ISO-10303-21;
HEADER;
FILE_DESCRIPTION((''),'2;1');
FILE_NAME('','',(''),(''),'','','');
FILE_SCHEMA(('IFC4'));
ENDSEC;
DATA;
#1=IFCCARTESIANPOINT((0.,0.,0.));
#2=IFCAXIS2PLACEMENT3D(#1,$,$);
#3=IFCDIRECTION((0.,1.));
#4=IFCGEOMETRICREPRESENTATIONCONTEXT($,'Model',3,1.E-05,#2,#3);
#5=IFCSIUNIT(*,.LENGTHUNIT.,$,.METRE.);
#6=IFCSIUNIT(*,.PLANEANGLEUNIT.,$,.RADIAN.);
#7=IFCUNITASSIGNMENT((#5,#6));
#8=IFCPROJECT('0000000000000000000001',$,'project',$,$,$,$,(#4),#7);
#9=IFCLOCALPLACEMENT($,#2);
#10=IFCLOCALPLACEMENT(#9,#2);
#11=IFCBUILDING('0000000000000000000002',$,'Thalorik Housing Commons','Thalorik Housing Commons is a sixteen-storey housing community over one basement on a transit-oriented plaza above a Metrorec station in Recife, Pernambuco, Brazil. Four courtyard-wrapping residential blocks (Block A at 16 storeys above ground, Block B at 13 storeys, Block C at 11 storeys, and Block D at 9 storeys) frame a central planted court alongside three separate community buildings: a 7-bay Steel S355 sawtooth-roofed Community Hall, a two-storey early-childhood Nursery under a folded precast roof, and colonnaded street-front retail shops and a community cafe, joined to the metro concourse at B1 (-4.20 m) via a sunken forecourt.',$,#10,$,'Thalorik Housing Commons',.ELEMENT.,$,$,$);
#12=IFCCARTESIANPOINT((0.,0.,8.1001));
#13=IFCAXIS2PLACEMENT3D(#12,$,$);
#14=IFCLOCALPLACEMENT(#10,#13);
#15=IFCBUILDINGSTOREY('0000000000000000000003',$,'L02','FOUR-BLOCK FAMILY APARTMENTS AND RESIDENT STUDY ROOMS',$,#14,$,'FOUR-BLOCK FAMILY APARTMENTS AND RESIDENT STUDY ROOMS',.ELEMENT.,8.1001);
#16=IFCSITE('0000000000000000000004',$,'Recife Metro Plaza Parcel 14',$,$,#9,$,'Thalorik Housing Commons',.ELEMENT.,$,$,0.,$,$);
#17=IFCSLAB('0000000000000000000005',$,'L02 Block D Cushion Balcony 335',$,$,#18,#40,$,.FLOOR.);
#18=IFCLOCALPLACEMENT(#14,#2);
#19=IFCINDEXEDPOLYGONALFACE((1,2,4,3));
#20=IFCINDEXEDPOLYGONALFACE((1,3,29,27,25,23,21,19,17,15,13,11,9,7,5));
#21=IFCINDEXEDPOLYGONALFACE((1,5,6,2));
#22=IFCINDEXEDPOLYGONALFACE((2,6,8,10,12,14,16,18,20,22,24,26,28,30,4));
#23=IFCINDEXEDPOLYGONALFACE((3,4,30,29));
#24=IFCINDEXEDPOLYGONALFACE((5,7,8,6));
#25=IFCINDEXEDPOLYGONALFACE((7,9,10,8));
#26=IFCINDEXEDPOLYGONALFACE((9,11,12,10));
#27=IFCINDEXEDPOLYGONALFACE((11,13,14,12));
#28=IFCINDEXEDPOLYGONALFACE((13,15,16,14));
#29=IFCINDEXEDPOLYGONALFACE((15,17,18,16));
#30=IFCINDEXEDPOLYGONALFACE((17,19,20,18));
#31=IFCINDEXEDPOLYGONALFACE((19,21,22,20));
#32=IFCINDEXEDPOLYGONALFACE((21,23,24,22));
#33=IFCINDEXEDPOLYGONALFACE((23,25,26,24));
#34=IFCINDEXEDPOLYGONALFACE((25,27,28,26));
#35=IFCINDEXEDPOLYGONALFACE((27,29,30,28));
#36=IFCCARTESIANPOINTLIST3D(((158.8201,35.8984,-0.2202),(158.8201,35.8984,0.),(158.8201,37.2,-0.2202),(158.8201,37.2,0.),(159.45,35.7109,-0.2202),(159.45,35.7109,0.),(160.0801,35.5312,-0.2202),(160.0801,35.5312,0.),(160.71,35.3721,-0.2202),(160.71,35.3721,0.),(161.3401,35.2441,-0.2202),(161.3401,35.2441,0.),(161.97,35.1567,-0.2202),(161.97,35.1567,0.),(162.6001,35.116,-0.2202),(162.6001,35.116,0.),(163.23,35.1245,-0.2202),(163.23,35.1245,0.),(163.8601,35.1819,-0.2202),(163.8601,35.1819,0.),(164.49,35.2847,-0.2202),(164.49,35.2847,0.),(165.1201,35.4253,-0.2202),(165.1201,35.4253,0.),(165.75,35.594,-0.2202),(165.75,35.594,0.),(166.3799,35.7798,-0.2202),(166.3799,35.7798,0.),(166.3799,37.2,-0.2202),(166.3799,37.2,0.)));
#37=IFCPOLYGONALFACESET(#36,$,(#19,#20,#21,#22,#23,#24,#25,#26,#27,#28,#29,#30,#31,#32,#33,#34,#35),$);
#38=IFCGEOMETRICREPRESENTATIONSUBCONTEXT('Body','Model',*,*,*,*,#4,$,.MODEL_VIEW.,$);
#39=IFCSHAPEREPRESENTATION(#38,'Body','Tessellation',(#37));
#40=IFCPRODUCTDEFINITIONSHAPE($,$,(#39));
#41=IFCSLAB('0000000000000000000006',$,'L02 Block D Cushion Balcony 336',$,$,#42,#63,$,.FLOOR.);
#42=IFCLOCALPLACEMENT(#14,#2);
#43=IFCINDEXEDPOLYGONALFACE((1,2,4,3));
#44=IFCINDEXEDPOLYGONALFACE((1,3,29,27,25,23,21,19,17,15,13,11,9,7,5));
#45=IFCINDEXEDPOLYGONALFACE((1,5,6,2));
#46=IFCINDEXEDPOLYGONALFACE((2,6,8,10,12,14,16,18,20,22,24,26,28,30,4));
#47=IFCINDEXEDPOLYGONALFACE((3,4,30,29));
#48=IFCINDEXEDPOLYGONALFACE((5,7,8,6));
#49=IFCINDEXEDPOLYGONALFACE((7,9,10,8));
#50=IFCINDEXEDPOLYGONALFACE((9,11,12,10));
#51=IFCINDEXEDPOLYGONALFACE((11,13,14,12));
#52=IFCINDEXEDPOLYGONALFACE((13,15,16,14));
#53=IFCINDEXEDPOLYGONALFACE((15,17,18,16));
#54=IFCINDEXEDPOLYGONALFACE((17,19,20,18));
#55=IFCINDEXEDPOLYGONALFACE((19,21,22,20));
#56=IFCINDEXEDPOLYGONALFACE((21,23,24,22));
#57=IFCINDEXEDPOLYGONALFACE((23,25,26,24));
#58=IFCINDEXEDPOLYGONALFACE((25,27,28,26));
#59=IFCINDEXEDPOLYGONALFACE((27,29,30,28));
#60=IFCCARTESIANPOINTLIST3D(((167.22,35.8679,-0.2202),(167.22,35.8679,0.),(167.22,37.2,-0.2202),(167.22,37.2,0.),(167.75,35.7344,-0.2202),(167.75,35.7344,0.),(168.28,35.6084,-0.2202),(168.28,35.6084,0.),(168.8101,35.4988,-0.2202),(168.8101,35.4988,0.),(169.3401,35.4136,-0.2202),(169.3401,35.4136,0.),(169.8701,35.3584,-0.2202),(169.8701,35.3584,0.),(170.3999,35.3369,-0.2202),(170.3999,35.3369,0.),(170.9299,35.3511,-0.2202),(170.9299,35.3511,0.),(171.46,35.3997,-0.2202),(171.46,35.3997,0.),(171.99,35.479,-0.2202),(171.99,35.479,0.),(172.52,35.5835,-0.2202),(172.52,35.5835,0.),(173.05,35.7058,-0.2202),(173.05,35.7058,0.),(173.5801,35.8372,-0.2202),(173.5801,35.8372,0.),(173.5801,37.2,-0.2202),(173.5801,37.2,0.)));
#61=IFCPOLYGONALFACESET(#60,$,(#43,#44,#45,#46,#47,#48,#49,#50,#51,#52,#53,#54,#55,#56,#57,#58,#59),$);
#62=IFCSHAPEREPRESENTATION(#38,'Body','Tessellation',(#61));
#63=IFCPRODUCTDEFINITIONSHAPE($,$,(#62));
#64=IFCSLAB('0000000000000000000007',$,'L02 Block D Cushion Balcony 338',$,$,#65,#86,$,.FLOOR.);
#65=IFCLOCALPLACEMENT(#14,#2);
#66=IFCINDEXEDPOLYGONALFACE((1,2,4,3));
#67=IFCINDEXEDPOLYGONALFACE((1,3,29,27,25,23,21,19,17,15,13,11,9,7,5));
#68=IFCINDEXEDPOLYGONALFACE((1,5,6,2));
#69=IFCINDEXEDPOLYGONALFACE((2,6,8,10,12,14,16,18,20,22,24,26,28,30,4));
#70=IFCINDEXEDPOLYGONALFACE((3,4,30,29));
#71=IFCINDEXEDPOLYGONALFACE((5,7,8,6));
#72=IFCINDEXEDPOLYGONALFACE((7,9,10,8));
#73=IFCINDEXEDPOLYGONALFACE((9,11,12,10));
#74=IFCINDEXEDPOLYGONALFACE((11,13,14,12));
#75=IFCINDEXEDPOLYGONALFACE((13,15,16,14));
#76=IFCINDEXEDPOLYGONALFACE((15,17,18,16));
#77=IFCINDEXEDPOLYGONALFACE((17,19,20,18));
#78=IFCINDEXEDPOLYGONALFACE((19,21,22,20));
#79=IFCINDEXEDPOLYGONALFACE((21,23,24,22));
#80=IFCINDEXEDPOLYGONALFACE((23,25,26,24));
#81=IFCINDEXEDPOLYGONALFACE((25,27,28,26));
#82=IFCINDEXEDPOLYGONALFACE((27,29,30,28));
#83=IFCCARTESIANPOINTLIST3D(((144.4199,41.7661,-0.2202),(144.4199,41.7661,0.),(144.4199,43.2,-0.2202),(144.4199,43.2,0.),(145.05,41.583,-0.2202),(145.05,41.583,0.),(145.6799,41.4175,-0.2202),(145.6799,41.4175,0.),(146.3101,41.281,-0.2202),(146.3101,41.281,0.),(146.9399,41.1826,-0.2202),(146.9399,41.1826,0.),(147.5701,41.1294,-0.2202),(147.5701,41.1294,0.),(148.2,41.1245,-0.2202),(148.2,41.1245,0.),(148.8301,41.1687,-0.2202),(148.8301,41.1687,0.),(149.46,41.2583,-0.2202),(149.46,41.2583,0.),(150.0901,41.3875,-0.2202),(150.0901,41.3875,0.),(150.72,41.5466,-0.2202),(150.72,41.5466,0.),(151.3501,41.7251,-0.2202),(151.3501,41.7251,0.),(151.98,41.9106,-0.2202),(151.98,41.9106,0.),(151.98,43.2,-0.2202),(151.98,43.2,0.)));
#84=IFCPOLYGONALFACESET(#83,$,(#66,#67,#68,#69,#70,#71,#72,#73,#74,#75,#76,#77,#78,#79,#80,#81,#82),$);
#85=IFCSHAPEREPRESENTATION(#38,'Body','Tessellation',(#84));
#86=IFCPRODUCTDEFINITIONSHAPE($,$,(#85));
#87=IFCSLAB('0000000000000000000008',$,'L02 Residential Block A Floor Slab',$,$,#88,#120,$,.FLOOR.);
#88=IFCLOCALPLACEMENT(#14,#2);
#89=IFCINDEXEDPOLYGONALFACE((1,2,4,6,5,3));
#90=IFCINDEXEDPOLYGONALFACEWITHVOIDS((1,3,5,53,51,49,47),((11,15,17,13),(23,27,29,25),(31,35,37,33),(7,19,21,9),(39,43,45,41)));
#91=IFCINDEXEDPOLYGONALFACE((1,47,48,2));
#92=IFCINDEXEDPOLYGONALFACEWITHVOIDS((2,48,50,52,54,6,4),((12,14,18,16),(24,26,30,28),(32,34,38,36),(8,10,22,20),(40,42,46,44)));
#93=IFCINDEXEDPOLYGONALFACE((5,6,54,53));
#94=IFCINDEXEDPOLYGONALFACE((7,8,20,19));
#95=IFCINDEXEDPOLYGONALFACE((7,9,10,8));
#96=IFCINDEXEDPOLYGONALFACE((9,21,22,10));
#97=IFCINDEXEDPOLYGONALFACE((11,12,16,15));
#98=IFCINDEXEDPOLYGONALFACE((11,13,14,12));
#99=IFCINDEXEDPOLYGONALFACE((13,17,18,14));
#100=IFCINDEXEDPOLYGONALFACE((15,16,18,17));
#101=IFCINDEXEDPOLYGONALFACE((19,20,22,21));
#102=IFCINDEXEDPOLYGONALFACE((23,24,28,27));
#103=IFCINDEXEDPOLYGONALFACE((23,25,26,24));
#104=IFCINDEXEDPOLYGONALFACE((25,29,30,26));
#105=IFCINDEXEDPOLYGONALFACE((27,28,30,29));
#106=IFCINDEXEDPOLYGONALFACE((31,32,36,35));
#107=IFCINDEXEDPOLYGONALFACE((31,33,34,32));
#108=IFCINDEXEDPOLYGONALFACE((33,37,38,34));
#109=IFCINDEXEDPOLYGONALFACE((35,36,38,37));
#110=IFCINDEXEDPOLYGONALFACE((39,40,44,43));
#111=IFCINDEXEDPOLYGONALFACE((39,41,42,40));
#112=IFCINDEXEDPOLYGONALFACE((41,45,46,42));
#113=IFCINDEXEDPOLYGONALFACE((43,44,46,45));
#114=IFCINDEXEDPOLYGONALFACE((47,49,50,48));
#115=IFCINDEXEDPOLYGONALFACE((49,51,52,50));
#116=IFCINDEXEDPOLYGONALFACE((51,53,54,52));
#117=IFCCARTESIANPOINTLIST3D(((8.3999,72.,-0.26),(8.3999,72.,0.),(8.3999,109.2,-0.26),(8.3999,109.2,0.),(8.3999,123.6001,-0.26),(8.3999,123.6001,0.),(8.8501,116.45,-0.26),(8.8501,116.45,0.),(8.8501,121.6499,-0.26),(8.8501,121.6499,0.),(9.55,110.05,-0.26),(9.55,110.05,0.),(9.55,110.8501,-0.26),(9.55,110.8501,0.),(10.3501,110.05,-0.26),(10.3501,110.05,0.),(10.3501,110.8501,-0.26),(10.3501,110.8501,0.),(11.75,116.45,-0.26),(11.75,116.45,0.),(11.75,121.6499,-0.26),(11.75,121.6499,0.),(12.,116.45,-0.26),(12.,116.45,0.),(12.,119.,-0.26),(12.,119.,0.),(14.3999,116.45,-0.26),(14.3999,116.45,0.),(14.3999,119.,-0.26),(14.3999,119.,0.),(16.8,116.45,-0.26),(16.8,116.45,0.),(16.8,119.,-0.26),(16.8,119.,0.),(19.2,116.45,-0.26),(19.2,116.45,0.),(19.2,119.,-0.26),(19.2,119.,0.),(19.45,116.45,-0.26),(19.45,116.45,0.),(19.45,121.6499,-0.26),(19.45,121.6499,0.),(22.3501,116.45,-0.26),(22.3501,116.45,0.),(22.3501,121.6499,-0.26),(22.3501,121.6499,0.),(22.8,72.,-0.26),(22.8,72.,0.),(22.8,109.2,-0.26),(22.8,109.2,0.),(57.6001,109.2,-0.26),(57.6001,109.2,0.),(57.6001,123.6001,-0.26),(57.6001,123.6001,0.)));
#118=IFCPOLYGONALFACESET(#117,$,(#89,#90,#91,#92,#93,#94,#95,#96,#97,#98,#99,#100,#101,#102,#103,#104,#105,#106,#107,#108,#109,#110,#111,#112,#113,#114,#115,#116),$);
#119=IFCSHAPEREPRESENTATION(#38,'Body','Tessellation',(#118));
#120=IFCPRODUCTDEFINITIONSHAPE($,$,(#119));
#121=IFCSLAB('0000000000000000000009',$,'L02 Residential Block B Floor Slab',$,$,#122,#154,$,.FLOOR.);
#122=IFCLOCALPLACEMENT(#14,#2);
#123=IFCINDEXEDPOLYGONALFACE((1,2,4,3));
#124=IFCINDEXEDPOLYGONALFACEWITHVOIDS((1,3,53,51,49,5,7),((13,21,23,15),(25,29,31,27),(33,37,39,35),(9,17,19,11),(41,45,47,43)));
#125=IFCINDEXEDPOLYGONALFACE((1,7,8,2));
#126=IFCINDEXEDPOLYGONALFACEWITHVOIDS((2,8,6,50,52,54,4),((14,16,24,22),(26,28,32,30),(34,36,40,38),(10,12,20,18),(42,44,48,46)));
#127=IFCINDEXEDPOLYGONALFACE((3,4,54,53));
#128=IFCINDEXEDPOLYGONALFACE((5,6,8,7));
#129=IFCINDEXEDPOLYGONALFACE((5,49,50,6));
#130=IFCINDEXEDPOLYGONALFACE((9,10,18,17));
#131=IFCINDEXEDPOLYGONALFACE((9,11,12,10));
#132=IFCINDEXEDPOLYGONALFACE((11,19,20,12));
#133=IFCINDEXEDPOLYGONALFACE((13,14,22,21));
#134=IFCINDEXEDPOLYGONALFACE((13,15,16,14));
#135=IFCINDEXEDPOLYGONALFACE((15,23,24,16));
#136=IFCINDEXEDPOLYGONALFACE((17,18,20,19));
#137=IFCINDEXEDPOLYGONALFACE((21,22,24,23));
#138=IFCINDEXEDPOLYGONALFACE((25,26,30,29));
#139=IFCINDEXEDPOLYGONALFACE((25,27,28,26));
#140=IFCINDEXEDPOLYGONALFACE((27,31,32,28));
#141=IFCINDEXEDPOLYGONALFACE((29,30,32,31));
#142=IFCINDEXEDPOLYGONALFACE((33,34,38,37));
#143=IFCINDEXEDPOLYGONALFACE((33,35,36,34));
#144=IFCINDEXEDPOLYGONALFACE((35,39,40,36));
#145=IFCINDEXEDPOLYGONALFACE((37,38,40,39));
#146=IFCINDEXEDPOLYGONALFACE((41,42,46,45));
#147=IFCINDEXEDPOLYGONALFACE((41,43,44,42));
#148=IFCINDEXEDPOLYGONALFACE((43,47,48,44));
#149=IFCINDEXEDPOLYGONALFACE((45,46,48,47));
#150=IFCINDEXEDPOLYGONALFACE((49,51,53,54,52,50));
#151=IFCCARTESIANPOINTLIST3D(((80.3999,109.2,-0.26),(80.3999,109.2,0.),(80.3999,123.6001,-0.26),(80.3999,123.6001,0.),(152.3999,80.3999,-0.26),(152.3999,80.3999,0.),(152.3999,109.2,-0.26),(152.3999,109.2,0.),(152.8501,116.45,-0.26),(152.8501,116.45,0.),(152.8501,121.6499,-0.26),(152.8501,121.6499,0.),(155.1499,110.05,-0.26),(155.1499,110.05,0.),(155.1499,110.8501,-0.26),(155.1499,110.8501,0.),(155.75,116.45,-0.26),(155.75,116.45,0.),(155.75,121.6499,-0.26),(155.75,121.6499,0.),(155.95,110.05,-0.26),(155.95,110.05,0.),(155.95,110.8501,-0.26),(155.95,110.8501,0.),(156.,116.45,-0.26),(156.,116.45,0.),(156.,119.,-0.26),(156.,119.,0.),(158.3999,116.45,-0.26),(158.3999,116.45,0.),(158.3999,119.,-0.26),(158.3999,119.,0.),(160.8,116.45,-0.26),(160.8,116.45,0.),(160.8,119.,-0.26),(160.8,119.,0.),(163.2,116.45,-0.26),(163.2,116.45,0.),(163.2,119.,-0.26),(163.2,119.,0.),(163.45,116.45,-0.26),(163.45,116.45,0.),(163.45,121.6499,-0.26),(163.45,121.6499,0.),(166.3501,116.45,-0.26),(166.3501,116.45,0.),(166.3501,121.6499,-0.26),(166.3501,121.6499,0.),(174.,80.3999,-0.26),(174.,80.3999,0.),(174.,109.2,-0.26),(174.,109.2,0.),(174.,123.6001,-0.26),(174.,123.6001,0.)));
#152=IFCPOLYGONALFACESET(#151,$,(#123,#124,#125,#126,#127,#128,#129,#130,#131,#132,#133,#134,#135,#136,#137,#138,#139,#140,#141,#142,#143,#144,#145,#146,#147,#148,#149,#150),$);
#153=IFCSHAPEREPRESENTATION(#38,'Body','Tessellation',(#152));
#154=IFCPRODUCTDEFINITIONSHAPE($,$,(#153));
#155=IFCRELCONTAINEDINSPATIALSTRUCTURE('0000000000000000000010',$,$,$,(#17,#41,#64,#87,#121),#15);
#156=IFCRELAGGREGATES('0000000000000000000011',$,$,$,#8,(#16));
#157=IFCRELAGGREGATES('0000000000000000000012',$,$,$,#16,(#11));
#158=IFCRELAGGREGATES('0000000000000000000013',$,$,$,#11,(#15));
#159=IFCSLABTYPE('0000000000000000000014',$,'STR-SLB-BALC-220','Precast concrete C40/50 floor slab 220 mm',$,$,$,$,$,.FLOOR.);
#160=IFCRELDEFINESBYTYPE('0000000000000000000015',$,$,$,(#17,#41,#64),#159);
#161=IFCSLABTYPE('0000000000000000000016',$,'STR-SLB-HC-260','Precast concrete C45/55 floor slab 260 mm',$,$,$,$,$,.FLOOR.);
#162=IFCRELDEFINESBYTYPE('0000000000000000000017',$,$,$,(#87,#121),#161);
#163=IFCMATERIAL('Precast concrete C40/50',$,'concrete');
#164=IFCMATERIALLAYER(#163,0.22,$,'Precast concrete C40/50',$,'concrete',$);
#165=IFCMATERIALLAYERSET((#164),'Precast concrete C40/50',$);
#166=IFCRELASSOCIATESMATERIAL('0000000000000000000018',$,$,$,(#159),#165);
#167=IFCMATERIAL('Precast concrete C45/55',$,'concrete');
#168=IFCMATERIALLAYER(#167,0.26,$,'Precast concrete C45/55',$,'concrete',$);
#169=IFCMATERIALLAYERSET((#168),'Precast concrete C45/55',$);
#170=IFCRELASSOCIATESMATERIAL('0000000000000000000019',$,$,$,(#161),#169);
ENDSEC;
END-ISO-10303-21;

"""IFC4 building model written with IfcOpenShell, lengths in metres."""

from ifc_helpers import new_model, si_unit, direction, frame, origin, place, context, subcontext, project, spatial, polyline, outline, extrude, material, layer, layer_set, type_object, element, save


model = new_model("IFC4")

# Units and contexts
model_context = context("Model", 3, precision=1e-05, world=origin(), true_north=direction((0.0, 1.0)))
body_context = subcontext(model_context, "Body", "Model", "MODEL_VIEW")
ifc_project = project(units=[si_unit("LENGTHUNIT", "METRE"), si_unit("PLANEANGLEUNIT", "RADIAN")], contexts=[model_context])

# Site, building, storey
site_placement = place(None, origin())
site = spatial("IfcSite", under=ifc_project, at=site_placement, Name="Recife Metro Plaza Parcel 14", LongName="Thalorik Housing Commons", CompositionType="ELEMENT", RefElevation=0.0)
building_placement = place(site_placement, origin())
building = spatial("IfcBuilding", under=site, at=building_placement, Name="Thalorik Housing Commons", Description="Thalorik Housing Commons is a sixteen-storey housing community over one basement on a transit-oriented plaza above a Metrorec station in Recife, Pernambuco, Brazil. Four courtyard-wrapping residential blocks (Block A at 16 storeys above ground, Block B at 13 storeys, Block C at 11 storeys, and Block D at 9 storeys) frame a central planted court alongside three separate community buildings: a 7-bay Steel S355 sawtooth-roofed Community Hall, a two-storey early-childhood Nursery under a folded precast roof, and colonnaded street-front retail shops and a community cafe, joined to the metro concourse at B1 (-4.20 m) via a sunken forecourt.", LongName="Thalorik Housing Commons", CompositionType="ELEMENT")
storey_placement = place(building_placement, frame((0.0, 0.0, 8.1001)))
storey = spatial("IfcBuildingStorey", under=building, at=storey_placement, Name="L02", Description="FOUR-BLOCK FAMILY APARTMENTS AND RESIDENT STUDY ROOMS", LongName="FOUR-BLOCK FAMILY APARTMENTS AND RESIDENT STUDY ROOMS", CompositionType="ELEMENT", Elevation=8.1001)

# Slabs
ifc_material_1 = material(Name="Precast concrete C40/50", Category="concrete")
ifc_layer_1 = layer(ifc_material_1, 0.22, Name="Precast concrete C40/50", Category="concrete")
ifc_layer_set_1 = layer_set([ifc_layer_1], Name="Precast concrete C40/50")
slab_type_1 = type_object("IfcSlabType", Name="STR-SLB-BALC-220", Description="Precast concrete C40/50 floor slab 220 mm", PredefinedType="FLOOR", material=ifc_layer_set_1)
slab_1_placement = place(storey_placement, frame((0.0, 0.0, -0.2202)))
element("IfcSlab", 1, at=slab_1_placement, inside=storey, type_object=slab_type_1, Name="L02 Block D Cushion Balcony 335", PredefinedType="FLOOR", context=body_context, shape_type="SweptSolid", body=[
    extrude(outline(polyline([(158.8201, 35.8984), (159.45, 35.7109), (160.0801, 35.5312), (160.71, 35.3721), (161.3401, 35.2441), (161.97, 35.1567), (162.6001, 35.116), (163.23, 35.1245), (163.8601, 35.1819), (164.49, 35.2847), (165.1201, 35.4253), (165.75, 35.594), (166.3799, 35.7798), (166.3799, 37.2), (158.8201, 37.2), (158.8201, 35.8984)])), origin(), (0.0, 0.0, 1.0), 0.2202),
])
slab_2_placement = place(storey_placement, frame((0.0, 0.0, -0.2202)))
element("IfcSlab", 2, at=slab_2_placement, inside=storey, type_object=slab_type_1, Name="L02 Block D Cushion Balcony 336", PredefinedType="FLOOR", context=body_context, shape_type="SweptSolid", body=[
    extrude(outline(polyline([(167.22, 35.8679), (167.75, 35.7344), (168.28, 35.6084), (168.8101, 35.4988), (169.3401, 35.4136), (169.8701, 35.3584), (170.3999, 35.3369), (170.9299, 35.3511), (171.46, 35.3997), (171.99, 35.479), (172.52, 35.5835), (173.05, 35.7058), (173.5801, 35.8372), (173.5801, 37.2), (167.22, 37.2), (167.22, 35.8679)])), origin(), (0.0, 0.0, 1.0), 0.2202),
])
slab_3_placement = place(storey_placement, frame((0.0, 0.0, -0.2202)))
element("IfcSlab", 3, at=slab_3_placement, inside=storey, type_object=slab_type_1, Name="L02 Block D Cushion Balcony 338", PredefinedType="FLOOR", context=body_context, shape_type="SweptSolid", body=[
    extrude(outline(polyline([(144.4199, 41.7661), (145.05, 41.583), (145.6799, 41.4175), (146.3101, 41.281), (146.9399, 41.1826), (147.5701, 41.1294), (148.2, 41.1245), (148.8301, 41.1687), (149.46, 41.2583), (150.0901, 41.3875), (150.72, 41.5466), (151.3501, 41.7251), (151.98, 41.9106), (151.98, 43.2), (144.4199, 43.2), (144.4199, 41.7661)])), origin(), (0.0, 0.0, 1.0), 0.2202),
])
ifc_material_2 = material(Name="Precast concrete C45/55", Category="concrete")
ifc_layer_2 = layer(ifc_material_2, 0.26, Name="Precast concrete C45/55", Category="concrete")
ifc_layer_set_2 = layer_set([ifc_layer_2], Name="Precast concrete C45/55")
slab_type_2 = type_object("IfcSlabType", Name="STR-SLB-HC-260", Description="Precast concrete C45/55 floor slab 260 mm", PredefinedType="FLOOR", material=ifc_layer_set_2)
slab_4_placement = place(storey_placement, frame((0.0, 0.0, -0.26)))
element("IfcSlab", 4, at=slab_4_placement, inside=storey, type_object=slab_type_2, Name="L02 Residential Block A Floor Slab", PredefinedType="FLOOR", context=body_context, shape_type="SweptSolid", body=[
    extrude(outline(polyline([(8.3999, 123.6001), (8.3999, 109.2), (8.3999, 72.0), (22.8, 72.0), (22.8, 109.2), (57.6001, 109.2), (57.6001, 123.6001), (8.3999, 123.6001)]), holes=[polyline([(8.8501, 121.6499), (11.75, 121.6499), (11.75, 116.45), (8.8501, 116.45), (8.8501, 121.6499)]), polyline([(22.3501, 121.6499), (22.3501, 116.45), (19.45, 116.45), (19.45, 121.6499), (22.3501, 121.6499)]), polyline([(14.3999, 119.0), (14.3999, 116.45), (12.0, 116.45), (12.0, 119.0), (14.3999, 119.0)]), polyline([(19.2, 116.45), (16.8, 116.45), (16.8, 119.0), (19.2, 119.0), (19.2, 116.45)]), polyline([(9.55, 110.05), (9.55, 110.8501), (10.3501, 110.8501), (10.3501, 110.05), (9.55, 110.05)])]), origin(), (0.0, 0.0, 1.0), 0.26),
])
slab_5_placement = place(storey_placement, frame((0.0, 0.0, -0.26)))
element("IfcSlab", 5, at=slab_5_placement, inside=storey, type_object=slab_type_2, Name="L02 Residential Block B Floor Slab", PredefinedType="FLOOR", context=body_context, shape_type="SweptSolid", body=[
    extrude(outline(polyline([(80.3999, 109.2), (152.3999, 109.2), (152.3999, 80.3999), (174.0, 80.3999), (174.0, 109.2), (174.0, 123.6001), (80.3999, 123.6001), (80.3999, 109.2)]), holes=[polyline([(152.8501, 121.6499), (155.75, 121.6499), (155.75, 116.45), (152.8501, 116.45), (152.8501, 121.6499)]), polyline([(166.3501, 121.6499), (166.3501, 116.45), (163.45, 116.45), (163.45, 121.6499), (166.3501, 121.6499)]), polyline([(158.3999, 119.0), (158.3999, 116.45), (156.0, 116.45), (156.0, 119.0), (158.3999, 119.0)]), polyline([(163.2, 116.45), (160.8, 116.45), (160.8, 119.0), (163.2, 119.0), (163.2, 116.45)]), polyline([(155.1499, 110.05), (155.1499, 110.8501), (155.95, 110.8501), (155.95, 110.05), (155.1499, 110.05)])]), origin(), (0.0, 0.0, 1.0), 0.26),
])

save(model, "model.ifc")
